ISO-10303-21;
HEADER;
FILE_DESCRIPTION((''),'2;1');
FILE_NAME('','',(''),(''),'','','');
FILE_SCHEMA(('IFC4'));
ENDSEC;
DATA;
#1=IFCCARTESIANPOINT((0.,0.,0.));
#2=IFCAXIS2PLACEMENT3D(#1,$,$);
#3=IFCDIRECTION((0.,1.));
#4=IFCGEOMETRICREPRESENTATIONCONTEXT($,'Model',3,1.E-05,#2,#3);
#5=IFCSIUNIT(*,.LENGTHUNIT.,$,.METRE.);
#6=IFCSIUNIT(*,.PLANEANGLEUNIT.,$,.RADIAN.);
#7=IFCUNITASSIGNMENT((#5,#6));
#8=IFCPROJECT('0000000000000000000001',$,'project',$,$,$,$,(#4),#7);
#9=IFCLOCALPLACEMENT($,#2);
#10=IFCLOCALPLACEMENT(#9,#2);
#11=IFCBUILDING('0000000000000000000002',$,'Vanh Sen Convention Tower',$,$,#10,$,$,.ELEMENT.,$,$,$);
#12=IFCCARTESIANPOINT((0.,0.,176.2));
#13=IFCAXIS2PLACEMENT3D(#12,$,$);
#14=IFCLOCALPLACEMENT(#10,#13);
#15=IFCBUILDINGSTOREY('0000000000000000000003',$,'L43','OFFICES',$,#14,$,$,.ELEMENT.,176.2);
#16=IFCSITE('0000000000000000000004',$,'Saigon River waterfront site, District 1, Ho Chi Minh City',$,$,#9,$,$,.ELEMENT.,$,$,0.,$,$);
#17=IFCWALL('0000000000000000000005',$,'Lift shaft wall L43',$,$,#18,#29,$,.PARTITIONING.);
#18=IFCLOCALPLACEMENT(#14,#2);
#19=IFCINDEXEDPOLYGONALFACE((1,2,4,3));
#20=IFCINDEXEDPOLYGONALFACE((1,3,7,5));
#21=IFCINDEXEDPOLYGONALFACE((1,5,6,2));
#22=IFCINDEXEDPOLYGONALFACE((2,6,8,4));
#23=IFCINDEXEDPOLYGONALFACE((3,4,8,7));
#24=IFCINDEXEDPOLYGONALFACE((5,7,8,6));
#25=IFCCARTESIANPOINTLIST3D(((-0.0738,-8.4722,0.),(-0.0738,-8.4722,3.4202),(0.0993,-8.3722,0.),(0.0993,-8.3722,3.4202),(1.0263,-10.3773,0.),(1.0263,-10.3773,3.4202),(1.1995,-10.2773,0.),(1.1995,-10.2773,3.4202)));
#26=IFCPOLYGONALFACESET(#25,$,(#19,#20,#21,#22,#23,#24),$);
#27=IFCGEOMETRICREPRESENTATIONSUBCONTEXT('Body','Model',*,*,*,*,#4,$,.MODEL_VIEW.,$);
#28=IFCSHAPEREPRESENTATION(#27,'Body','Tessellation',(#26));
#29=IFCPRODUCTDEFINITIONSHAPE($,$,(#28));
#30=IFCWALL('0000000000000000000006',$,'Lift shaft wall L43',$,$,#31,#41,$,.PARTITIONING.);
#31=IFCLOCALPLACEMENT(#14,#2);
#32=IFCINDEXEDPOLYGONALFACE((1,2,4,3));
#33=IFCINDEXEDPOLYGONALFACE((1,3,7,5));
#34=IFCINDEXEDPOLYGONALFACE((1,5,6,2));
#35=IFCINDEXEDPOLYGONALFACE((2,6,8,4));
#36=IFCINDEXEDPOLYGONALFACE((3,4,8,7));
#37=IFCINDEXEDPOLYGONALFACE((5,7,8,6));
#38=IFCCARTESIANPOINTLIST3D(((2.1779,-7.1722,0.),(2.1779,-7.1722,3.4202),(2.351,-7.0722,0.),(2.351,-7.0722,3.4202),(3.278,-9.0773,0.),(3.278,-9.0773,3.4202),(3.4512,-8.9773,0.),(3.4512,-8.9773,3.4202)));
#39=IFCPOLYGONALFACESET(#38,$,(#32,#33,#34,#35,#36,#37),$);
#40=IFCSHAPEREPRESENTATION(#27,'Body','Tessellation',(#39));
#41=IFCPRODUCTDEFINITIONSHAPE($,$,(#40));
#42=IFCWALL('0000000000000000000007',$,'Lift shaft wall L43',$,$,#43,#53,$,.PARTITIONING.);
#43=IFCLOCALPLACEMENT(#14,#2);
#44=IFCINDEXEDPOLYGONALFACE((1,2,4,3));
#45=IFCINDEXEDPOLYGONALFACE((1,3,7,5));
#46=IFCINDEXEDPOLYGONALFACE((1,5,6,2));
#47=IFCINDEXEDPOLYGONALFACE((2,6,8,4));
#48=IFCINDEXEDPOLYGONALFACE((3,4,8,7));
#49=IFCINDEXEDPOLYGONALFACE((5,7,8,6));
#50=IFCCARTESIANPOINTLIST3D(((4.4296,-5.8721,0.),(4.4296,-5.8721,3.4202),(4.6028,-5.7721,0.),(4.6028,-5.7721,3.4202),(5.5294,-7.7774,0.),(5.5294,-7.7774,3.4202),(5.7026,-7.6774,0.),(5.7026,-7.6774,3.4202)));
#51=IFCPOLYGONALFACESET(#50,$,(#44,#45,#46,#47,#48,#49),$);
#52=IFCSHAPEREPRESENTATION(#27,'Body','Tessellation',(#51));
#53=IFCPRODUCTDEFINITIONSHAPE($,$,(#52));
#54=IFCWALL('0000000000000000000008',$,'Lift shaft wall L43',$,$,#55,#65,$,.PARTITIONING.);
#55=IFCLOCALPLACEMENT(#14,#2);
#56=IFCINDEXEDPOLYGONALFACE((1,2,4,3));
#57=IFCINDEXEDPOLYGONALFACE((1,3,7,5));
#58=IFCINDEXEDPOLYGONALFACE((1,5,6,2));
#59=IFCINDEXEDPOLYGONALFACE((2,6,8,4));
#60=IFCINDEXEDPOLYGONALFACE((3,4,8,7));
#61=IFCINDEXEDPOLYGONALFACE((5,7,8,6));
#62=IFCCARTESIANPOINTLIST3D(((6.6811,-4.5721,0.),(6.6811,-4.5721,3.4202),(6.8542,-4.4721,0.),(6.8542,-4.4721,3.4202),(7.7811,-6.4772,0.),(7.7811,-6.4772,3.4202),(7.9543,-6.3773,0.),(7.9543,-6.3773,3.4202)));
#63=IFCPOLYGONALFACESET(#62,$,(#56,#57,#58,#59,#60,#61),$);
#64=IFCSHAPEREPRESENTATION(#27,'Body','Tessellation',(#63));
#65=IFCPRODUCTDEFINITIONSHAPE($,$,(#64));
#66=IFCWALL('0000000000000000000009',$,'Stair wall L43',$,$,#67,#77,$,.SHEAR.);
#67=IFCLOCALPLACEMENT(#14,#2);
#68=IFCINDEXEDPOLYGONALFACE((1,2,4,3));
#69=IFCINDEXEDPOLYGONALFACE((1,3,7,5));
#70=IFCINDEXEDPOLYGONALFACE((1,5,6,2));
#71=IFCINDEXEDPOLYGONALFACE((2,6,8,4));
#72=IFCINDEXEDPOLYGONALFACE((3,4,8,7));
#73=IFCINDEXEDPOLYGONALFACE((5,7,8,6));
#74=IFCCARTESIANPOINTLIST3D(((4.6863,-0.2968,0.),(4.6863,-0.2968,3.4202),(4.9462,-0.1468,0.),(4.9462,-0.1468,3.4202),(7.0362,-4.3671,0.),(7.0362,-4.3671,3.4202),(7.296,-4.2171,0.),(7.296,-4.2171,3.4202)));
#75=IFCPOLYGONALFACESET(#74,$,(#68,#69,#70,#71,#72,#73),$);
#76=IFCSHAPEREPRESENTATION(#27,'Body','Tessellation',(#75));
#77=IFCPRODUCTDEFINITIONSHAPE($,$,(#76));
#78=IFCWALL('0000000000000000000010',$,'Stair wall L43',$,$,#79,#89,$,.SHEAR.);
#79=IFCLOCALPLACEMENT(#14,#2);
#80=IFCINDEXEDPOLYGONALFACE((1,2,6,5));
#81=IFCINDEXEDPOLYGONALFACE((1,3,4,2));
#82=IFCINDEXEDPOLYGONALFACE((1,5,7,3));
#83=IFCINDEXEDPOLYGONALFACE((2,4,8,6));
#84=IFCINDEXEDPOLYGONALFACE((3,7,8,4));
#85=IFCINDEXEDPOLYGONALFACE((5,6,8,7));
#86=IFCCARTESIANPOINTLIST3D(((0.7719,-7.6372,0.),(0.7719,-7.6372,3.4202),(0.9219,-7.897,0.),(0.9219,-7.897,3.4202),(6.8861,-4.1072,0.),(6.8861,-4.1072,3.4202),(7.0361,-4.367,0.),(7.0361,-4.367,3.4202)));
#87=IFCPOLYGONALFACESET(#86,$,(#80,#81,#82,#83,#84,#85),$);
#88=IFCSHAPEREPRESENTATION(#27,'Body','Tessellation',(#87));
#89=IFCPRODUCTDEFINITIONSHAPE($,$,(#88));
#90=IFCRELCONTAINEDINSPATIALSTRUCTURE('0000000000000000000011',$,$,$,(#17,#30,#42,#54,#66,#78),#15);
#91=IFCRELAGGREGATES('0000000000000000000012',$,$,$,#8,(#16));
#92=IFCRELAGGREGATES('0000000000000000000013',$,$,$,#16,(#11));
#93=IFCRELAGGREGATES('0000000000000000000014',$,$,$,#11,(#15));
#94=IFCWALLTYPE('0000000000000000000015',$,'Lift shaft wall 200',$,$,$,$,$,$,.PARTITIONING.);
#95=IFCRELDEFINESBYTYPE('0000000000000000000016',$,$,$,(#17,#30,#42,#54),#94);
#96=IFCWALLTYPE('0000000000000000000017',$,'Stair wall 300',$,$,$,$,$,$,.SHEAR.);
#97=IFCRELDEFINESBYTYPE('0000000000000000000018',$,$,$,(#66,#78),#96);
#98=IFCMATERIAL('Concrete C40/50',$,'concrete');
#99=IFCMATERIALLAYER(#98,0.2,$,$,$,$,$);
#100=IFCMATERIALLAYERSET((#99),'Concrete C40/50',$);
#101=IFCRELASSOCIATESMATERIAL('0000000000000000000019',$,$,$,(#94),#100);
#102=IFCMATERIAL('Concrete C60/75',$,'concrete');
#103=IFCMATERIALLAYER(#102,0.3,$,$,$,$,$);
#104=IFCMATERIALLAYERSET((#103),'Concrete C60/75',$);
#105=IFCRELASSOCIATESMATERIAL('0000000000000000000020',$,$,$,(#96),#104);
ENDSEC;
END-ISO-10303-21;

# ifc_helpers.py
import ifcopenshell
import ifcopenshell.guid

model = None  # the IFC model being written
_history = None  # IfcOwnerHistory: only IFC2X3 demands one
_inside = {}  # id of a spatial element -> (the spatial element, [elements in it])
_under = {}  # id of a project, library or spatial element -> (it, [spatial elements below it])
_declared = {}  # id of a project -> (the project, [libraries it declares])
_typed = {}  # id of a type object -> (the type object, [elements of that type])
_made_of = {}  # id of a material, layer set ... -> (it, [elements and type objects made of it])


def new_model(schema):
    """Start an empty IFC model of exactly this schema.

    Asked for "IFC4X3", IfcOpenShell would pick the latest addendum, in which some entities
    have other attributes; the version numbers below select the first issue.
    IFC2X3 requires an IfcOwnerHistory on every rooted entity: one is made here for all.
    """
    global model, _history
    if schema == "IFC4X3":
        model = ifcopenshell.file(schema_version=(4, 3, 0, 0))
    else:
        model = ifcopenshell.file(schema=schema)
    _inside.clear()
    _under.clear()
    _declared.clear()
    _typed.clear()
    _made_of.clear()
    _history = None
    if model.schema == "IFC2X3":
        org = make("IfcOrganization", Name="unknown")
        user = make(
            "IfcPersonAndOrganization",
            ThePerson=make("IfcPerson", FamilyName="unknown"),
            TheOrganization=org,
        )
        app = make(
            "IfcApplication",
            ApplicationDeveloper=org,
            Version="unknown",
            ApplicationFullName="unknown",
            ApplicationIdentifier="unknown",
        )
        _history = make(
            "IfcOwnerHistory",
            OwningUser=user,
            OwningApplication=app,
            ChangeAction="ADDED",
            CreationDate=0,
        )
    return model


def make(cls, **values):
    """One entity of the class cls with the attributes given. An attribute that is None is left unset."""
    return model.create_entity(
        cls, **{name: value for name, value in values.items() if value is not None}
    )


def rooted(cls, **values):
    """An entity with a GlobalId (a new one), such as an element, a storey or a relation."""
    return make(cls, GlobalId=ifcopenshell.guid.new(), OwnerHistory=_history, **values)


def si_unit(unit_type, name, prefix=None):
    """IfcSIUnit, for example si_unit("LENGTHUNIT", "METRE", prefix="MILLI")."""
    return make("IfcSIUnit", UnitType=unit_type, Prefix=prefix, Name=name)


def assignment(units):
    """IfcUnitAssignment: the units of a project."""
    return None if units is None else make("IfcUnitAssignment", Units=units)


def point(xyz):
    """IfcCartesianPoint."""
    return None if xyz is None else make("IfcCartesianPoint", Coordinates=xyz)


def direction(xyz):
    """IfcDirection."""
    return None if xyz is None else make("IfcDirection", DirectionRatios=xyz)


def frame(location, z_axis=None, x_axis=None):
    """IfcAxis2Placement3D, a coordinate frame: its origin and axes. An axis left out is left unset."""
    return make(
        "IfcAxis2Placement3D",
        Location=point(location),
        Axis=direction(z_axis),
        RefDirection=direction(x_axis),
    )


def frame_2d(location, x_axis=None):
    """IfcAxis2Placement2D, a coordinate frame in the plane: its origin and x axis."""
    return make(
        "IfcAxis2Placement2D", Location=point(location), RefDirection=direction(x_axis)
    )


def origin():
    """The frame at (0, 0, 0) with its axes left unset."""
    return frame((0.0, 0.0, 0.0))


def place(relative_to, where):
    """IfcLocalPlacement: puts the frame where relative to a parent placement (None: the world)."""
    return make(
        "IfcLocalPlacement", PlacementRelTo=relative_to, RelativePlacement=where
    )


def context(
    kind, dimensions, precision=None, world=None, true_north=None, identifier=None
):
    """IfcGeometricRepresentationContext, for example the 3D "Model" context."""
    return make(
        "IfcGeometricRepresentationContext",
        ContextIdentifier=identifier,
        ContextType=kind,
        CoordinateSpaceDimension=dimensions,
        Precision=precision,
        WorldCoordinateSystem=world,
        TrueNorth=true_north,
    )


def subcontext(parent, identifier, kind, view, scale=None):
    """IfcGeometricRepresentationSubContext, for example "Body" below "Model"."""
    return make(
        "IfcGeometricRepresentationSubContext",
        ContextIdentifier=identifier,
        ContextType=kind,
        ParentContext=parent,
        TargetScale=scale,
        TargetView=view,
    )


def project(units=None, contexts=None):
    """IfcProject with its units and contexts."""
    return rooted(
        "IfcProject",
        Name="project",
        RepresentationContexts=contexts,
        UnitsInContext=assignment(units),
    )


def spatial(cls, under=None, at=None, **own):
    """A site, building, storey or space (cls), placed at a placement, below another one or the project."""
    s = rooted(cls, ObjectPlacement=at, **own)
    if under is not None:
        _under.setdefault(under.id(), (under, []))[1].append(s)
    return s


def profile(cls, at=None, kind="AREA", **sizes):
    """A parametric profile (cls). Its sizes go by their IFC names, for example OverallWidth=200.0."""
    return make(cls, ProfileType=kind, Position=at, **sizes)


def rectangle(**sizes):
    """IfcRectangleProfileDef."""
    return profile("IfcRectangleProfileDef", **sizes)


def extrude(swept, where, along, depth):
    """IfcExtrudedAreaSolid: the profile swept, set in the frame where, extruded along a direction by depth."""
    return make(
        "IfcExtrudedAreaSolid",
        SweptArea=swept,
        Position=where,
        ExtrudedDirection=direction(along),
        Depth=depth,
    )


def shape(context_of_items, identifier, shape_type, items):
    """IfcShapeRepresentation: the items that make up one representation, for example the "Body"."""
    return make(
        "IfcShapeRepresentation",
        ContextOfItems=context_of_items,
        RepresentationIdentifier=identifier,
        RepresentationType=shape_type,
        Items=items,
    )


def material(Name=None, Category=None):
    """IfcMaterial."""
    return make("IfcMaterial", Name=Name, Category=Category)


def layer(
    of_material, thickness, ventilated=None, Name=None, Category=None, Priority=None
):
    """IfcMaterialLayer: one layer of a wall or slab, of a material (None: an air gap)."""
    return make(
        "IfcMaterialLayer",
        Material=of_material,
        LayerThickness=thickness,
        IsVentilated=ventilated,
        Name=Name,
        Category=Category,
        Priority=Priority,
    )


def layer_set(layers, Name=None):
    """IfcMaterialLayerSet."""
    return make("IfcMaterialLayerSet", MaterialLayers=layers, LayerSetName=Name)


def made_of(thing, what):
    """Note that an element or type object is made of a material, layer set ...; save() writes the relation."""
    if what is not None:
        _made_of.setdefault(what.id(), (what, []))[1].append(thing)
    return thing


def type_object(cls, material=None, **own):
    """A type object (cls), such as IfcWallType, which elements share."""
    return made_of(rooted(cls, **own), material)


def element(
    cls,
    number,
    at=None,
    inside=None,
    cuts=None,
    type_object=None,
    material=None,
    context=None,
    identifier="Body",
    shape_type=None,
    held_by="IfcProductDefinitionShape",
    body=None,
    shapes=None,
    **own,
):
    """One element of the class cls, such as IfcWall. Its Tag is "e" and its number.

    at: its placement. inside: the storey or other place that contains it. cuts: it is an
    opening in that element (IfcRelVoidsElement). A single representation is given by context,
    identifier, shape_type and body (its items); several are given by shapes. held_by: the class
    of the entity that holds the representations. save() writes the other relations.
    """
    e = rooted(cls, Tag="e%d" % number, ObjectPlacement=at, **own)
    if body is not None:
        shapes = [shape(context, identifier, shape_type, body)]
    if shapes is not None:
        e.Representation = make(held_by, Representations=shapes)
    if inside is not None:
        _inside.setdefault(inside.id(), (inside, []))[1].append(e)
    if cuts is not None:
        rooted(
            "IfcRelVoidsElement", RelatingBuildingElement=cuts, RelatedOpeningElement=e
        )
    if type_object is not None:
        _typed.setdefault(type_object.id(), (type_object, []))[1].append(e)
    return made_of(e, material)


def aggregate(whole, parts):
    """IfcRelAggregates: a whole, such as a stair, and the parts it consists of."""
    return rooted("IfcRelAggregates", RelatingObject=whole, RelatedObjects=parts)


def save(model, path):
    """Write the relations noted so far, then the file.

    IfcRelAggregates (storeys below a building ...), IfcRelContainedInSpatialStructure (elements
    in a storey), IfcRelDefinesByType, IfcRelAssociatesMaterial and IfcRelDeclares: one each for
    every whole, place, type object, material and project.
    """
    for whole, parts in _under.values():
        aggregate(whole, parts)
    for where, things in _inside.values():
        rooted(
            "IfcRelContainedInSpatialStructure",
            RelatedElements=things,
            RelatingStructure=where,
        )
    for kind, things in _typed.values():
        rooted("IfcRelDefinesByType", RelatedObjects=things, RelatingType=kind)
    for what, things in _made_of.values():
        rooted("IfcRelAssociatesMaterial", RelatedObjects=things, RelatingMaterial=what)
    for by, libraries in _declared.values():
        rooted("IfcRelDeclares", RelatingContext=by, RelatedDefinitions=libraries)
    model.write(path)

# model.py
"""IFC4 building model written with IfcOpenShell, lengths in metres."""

from ifc_helpers import new_model, si_unit, direction, frame, frame_2d, origin, place, context, subcontext, project, spatial, rectangle, extrude, material, layer, layer_set, type_object, element, save


model = new_model("IFC4")

# Units and contexts
model_context = context("Model", 3, precision=1e-05, world=origin(), true_north=direction((0.0, 1.0)))
body_context = subcontext(model_context, "Body", "Model", "MODEL_VIEW")
ifc_project = project(units=[si_unit("LENGTHUNIT", "METRE"), si_unit("PLANEANGLEUNIT", "RADIAN")], contexts=[model_context])

# Site, building, storey
site_placement = place(None, origin())
site = spatial("IfcSite", under=ifc_project, at=site_placement, Name="Saigon River waterfront site, District 1, Ho Chi Minh City", CompositionType="ELEMENT", RefElevation=0.0)
building_placement = place(site_placement, origin())
building = spatial("IfcBuilding", under=site, at=building_placement, Name="Vanh Sen Convention Tower", CompositionType="ELEMENT")
storey_placement = place(building_placement, frame((0.0, 0.0, 176.2)))
storey = spatial("IfcBuildingStorey", under=building, at=storey_placement, Name="L43", Description="OFFICES", CompositionType="ELEMENT", Elevation=176.2)

# Shared definitions
ifc_material_1 = material(Name="Concrete C40/50", Category="concrete")

# Walls
ifc_layer_1 = layer(ifc_material_1, 0.2)
ifc_layer_set_1 = layer_set([ifc_layer_1], Name="Concrete C40/50")
wall_type_1 = type_object("IfcWallType", Name="Lift shaft wall 200", PredefinedType="PARTITIONING", material=ifc_layer_set_1)
for number, where, z_axis, x_axis, name in (
    (1, (0.0127, -8.4221, 0.0), (0.0, 0.0, 1.0), (0.500078, -0.86598, 0.0), "Lift shaft wall L43"),
    (2, (2.2644, -7.1221, 0.0), (0.0, 0.0, 1.0), (0.500078, -0.86598, 0.0), "Lift shaft wall L43"),
    (3, (4.5161, -5.822, 0.0), (0.0, 0.0, 1.0), (0.499947, -0.866056, 0.0), "Lift shaft wall L43"),
    (4, (6.7676, -4.522, 0.0), (0.0, 0.0, 1.0), (0.50003, -0.866008, 0.0), "Lift shaft wall L43"),
):
    element("IfcWall", number, at=place(storey_placement, frame(where, z_axis=z_axis, x_axis=x_axis)), inside=storey, type_object=wall_type_1, Name=name, PredefinedType="PARTITIONING", context=body_context, shape_type="SweptSolid", body=[
        extrude(rectangle(XDim=2.2, YDim=0.2, at=frame_2d((1.1001, 0.0))), origin(), (0.0, 0.0, 1.0), 3.4202),
    ])
ifc_material_2 = material(Name="Concrete C60/75", Category="concrete")
ifc_layer_2 = layer(ifc_material_2, 0.3)
ifc_layer_set_2 = layer_set([ifc_layer_2], Name="Concrete C60/75")
wall_type_2 = type_object("IfcWallType", Name="Stair wall 300", PredefinedType="SHEAR", material=ifc_layer_set_2)
wall_1_placement = place(storey_placement, frame((4.8162, -0.2217, 0.0), z_axis=(0.0, 0.0, 1.0), x_axis=(0.499977, -0.866039, 0.0)))
element("IfcWall", 5, at=wall_1_placement, inside=storey, type_object=wall_type_2, Name="Stair wall L43", PredefinedType="SHEAR", context=body_context, shape_type="SweptSolid", body=[
    extrude(rectangle(XDim=4.7, YDim=0.3, at=frame_2d((2.3501, 0.0))), origin(), (0.0, 0.0, 1.0), 3.4202),
])
wall_2_placement = place(storey_placement, frame((0.8469, -7.7671, 0.0), z_axis=(0.0, 0.0, 1.0), x_axis=(0.866028, 0.499996, 0.0)))
element("IfcWall", 6, at=wall_2_placement, inside=storey, type_object=wall_type_2, Name="Stair wall L43", PredefinedType="SHEAR", context=body_context, shape_type="SweptSolid", body=[
    extrude(rectangle(XDim=7.0601, YDim=0.3, at=frame_2d((3.53, 0.0))), origin(), (0.0, 0.0, 1.0), 3.4202),
])

save(model, "model.ifc")
